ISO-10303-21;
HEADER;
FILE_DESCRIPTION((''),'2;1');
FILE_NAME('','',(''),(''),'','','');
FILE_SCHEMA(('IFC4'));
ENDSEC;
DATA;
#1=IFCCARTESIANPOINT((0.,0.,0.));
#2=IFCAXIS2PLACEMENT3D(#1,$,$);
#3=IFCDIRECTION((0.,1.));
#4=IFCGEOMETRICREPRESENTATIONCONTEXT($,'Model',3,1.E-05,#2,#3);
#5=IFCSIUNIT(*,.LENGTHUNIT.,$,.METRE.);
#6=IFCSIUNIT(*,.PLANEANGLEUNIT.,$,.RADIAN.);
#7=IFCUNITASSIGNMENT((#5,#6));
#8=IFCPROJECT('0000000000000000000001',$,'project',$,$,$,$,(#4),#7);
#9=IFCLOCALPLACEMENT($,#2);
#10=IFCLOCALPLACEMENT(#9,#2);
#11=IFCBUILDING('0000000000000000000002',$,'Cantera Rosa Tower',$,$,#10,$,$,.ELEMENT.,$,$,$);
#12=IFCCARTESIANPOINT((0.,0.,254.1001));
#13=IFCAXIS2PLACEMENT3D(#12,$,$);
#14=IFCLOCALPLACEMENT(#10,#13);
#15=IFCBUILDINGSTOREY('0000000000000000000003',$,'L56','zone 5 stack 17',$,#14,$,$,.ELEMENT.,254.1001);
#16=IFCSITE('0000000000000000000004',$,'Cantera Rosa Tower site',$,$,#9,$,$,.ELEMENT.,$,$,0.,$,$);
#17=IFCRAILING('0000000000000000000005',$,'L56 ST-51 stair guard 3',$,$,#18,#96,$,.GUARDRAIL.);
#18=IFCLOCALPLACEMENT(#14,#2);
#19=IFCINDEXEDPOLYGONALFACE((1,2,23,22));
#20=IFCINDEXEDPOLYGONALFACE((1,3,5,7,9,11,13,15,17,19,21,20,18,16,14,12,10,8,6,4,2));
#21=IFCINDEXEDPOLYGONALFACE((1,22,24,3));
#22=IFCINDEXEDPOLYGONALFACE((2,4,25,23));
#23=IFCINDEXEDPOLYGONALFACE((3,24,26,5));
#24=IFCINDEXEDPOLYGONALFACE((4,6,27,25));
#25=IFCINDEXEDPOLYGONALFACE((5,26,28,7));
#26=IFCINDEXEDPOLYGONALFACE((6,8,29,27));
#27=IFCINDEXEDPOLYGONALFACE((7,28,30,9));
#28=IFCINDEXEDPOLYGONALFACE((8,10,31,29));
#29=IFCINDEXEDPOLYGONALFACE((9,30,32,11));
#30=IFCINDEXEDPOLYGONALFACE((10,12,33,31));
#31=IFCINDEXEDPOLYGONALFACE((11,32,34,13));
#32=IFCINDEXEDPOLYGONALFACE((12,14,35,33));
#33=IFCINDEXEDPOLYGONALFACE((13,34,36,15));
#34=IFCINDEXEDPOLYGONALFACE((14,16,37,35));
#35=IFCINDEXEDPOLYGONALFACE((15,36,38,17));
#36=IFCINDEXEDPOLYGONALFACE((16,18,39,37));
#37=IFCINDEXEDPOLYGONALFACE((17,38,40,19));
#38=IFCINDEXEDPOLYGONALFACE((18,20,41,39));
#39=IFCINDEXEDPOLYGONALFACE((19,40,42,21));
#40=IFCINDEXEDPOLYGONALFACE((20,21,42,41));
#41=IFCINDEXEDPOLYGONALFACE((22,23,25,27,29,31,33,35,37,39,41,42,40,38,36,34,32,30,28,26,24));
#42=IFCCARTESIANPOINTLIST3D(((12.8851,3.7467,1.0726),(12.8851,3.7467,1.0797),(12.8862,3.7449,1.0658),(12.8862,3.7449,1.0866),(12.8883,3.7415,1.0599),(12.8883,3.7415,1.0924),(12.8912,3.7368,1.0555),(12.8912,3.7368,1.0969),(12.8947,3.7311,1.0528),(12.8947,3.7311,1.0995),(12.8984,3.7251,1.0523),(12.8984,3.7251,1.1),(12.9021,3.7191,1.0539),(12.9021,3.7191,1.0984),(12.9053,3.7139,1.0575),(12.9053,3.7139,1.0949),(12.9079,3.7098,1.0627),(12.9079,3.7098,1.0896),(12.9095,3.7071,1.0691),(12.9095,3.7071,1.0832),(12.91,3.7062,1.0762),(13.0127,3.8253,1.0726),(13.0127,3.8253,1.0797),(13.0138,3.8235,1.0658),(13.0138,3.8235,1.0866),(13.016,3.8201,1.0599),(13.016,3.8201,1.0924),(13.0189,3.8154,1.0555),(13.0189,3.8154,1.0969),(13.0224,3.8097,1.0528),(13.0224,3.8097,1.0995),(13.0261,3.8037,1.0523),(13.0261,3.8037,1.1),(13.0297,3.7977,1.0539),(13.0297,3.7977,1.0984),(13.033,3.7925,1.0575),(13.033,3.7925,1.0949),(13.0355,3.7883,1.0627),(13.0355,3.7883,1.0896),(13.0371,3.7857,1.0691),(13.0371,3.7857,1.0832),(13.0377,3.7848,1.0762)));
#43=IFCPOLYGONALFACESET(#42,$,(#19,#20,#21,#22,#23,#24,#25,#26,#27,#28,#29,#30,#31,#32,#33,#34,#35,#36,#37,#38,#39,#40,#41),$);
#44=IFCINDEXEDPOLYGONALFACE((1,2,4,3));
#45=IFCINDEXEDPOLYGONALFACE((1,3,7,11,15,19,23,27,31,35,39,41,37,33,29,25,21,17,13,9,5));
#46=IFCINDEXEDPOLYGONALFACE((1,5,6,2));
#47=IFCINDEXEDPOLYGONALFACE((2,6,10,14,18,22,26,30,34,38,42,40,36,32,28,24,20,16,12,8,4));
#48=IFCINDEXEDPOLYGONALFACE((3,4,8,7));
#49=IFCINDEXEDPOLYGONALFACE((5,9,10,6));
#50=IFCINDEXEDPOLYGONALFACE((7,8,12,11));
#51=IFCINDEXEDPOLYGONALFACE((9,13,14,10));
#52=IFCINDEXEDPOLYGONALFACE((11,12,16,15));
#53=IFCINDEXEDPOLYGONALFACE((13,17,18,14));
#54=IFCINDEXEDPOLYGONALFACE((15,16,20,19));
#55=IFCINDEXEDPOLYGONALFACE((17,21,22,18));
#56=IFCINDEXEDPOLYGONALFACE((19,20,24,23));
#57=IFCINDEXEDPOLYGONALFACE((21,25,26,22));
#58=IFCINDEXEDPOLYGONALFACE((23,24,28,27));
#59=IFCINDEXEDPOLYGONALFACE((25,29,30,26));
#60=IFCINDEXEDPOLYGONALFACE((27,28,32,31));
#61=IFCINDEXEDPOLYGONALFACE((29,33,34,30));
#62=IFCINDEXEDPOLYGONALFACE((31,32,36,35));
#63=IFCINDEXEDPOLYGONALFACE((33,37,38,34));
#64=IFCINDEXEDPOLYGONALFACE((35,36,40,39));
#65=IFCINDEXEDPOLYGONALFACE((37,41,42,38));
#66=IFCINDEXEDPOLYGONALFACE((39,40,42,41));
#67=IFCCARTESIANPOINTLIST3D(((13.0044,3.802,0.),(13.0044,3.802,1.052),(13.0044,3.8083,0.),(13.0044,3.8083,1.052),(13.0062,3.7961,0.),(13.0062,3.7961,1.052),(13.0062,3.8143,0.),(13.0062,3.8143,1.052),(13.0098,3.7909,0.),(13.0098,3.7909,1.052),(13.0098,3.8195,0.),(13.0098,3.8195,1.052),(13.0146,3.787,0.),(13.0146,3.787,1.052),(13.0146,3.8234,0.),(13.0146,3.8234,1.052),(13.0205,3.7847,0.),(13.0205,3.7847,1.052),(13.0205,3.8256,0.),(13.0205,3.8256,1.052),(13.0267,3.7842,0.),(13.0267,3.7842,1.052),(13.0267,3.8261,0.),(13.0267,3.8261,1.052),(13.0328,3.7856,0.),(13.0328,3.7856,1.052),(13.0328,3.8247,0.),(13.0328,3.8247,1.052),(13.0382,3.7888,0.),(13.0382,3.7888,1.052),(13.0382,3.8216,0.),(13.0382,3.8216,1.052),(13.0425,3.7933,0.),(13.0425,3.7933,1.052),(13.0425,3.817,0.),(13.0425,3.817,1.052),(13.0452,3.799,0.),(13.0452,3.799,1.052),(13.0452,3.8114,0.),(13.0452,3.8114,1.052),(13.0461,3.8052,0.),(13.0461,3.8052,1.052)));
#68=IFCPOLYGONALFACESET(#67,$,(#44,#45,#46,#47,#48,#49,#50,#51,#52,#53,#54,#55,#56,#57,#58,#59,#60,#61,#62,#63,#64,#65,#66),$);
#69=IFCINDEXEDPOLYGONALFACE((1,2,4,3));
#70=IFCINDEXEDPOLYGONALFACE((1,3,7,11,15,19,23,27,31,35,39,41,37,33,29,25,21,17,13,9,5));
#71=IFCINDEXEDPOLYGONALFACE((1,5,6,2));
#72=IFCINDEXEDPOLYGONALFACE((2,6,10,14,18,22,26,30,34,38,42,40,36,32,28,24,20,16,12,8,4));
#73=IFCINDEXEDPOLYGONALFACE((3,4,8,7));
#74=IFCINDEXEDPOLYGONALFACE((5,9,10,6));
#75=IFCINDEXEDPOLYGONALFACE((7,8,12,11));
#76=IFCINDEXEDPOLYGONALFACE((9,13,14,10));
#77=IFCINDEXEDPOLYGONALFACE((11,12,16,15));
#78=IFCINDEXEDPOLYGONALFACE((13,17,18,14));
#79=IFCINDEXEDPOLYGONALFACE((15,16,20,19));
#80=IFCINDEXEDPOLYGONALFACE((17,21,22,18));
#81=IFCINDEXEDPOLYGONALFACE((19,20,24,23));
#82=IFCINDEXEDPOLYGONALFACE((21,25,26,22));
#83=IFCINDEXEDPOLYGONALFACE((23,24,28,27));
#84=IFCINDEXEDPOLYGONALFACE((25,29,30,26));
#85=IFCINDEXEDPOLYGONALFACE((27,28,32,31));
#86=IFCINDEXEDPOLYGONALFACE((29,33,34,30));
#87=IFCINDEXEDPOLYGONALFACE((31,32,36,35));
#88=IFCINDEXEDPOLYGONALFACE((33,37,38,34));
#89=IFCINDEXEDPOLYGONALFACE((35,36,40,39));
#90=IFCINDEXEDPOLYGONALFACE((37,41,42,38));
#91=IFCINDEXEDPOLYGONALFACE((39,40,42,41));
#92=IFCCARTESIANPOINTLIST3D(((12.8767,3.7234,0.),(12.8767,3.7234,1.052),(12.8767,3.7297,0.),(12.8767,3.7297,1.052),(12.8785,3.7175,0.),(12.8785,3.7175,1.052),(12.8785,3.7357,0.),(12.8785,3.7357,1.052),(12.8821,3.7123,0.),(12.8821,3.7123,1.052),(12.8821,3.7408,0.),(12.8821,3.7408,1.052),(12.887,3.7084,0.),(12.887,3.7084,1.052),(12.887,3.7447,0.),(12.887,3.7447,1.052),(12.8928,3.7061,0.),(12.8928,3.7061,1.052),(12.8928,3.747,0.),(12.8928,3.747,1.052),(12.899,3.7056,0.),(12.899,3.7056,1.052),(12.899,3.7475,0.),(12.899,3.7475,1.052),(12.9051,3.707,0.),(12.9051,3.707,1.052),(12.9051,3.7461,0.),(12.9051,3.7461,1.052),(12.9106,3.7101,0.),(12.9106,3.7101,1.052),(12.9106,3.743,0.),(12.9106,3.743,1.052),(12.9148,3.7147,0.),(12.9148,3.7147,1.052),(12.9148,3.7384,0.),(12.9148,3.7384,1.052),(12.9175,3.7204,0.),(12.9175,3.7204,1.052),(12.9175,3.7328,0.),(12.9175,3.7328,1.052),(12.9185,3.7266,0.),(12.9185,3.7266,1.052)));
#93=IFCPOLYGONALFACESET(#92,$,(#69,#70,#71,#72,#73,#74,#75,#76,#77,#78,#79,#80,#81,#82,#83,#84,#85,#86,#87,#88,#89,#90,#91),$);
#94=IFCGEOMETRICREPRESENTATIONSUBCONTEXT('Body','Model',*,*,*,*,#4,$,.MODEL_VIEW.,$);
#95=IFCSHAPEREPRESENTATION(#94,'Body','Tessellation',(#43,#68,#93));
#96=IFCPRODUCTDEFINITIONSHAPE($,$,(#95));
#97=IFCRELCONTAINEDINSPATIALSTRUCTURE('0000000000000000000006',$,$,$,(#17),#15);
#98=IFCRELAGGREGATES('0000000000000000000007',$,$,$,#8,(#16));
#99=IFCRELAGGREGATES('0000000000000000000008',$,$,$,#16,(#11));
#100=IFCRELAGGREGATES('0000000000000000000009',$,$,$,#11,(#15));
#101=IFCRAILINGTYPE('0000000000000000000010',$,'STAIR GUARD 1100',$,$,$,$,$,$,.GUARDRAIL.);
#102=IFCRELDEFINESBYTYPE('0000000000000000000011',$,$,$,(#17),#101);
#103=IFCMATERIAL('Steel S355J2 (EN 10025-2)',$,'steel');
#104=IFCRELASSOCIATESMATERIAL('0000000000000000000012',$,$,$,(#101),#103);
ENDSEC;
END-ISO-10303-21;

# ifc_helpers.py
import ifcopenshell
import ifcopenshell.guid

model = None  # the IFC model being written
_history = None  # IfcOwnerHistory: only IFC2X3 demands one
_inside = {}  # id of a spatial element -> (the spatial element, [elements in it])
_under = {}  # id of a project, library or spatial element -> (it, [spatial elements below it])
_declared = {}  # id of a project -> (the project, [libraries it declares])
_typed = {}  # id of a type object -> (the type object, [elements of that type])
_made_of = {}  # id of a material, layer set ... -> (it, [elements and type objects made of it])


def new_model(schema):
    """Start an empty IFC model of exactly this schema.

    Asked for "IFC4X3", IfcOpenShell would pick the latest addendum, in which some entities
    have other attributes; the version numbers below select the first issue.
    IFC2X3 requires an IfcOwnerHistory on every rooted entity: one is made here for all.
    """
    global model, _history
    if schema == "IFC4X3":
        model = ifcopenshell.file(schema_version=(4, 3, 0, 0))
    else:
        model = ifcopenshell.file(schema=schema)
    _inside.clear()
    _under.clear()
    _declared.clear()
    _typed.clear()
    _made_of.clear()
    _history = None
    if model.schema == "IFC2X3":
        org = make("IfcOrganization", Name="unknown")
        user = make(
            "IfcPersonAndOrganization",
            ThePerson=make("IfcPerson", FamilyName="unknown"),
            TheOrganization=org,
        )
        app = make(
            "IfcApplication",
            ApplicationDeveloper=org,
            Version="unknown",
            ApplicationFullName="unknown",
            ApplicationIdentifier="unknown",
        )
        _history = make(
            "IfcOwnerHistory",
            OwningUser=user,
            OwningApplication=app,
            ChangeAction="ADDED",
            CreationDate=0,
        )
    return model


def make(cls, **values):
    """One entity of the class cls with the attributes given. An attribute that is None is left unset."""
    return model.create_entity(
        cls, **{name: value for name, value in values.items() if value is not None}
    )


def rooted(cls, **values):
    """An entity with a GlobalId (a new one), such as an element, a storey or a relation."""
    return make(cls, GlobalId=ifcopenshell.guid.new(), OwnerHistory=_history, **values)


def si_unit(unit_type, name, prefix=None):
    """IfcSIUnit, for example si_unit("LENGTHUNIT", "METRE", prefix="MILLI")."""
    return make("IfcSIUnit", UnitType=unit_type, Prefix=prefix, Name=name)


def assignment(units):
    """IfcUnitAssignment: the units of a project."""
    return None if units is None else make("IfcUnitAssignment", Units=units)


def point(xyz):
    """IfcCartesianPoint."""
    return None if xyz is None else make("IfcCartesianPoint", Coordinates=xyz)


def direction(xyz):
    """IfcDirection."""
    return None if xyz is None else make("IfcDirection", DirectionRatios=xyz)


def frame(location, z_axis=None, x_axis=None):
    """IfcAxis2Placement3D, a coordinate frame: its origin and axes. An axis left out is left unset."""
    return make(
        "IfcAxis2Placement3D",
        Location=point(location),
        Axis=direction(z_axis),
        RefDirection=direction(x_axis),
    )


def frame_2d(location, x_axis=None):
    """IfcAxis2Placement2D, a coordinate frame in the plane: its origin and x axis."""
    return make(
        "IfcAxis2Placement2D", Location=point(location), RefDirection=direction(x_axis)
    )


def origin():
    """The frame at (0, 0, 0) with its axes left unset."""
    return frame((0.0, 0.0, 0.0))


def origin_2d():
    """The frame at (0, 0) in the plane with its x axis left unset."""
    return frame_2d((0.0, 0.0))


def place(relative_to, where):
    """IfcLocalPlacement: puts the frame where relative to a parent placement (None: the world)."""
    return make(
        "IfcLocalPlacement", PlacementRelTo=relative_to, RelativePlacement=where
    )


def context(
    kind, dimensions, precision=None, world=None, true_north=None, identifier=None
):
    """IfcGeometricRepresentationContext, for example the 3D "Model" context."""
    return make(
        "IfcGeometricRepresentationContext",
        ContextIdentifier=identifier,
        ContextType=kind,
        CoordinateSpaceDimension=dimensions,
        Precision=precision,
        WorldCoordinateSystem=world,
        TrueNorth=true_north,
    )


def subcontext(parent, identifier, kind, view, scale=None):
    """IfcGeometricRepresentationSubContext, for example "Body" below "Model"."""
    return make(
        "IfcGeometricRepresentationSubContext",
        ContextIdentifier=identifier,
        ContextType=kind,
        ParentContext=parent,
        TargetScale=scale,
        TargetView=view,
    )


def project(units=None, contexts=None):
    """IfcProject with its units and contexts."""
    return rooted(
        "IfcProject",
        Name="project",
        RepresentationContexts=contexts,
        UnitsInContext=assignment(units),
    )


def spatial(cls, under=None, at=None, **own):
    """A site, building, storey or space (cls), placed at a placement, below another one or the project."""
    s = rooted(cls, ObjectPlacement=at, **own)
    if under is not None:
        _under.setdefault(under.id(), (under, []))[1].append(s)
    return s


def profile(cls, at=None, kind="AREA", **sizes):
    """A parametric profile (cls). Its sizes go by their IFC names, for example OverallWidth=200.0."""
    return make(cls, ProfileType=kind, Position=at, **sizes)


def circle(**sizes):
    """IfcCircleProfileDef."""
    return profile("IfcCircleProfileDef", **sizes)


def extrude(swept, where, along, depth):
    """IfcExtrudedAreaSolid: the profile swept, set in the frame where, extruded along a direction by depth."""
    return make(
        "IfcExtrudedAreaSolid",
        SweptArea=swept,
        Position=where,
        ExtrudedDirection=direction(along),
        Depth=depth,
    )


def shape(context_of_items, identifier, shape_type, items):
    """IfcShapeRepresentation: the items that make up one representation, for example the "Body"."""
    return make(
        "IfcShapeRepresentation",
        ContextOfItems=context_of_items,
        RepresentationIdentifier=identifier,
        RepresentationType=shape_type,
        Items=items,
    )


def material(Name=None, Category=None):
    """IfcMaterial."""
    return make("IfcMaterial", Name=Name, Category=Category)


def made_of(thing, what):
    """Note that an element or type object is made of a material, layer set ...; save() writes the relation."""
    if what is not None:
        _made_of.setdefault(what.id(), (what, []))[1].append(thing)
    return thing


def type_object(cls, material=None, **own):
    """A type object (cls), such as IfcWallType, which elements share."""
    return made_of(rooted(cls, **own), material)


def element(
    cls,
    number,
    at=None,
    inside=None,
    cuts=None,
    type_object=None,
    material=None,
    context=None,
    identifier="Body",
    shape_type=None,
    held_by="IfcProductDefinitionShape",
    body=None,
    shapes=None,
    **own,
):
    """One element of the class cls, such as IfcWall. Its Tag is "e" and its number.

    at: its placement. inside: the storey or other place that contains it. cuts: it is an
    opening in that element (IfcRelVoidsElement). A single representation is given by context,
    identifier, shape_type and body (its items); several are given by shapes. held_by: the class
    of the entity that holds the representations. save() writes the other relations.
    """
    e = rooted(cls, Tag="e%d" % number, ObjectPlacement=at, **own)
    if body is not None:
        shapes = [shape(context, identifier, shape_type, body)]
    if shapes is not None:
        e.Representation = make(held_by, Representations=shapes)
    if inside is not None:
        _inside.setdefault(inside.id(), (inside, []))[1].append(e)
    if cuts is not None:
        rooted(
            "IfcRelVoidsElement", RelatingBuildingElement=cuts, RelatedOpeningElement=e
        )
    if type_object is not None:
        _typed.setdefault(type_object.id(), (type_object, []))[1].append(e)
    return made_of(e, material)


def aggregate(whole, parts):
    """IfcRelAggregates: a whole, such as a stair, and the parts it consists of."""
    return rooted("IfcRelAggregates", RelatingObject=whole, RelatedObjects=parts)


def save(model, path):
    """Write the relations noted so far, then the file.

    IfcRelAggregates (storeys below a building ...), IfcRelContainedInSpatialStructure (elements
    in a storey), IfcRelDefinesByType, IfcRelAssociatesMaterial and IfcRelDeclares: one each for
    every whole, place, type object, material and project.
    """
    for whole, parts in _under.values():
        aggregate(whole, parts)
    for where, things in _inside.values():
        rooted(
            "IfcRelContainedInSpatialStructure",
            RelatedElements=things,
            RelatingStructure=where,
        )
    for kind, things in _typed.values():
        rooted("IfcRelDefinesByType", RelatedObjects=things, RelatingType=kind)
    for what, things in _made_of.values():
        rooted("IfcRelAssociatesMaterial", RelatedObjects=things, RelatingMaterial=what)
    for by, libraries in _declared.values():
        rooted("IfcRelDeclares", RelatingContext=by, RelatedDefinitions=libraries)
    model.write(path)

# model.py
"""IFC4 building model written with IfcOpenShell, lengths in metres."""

from ifc_helpers import new_model, si_unit, direction, frame, origin, origin_2d, place, context, subcontext, project, spatial, circle, extrude, material, type_object, element, save


model = new_model("IFC4")

# Units and contexts
model_context = context("Model", 3, precision=1e-05, world=origin(), true_north=direction((0.0, 1.0)))
body_context = subcontext(model_context, "Body", "Model", "MODEL_VIEW")
ifc_project = project(units=[si_unit("LENGTHUNIT", "METRE"), si_unit("PLANEANGLEUNIT", "RADIAN")], contexts=[model_context])

# Site, building, storey
site_placement = place(None, origin())
site = spatial("IfcSite", under=ifc_project, at=site_placement, Name="Cantera Rosa Tower site", CompositionType="ELEMENT", RefElevation=0.0)
building_placement = place(site_placement, origin())
building = spatial("IfcBuilding", under=site, at=building_placement, Name="Cantera Rosa Tower", CompositionType="ELEMENT")
storey_placement = place(building_placement, frame((0.0, 0.0, 254.1001)))
storey = spatial("IfcBuildingStorey", under=building, at=storey_placement, Name="L56", Description="zone 5 stack 17", CompositionType="ELEMENT", Elevation=254.1001)

# Railing
ifc_material_1 = material(Name="Steel S355J2 (EN 10025-2)", Category="steel")
railing_type_1 = type_object("IfcRailingType", Name="STAIR GUARD 1100", PredefinedType="GUARDRAIL", material=ifc_material_1)
railing_1_placement = place(storey_placement, frame((13.0251, 3.8052, 0.0)))
element("IfcRailing", 1, at=railing_1_placement, inside=storey, type_object=railing_type_1, Name="L56 ST-51 stair guard 3", PredefinedType="GUARDRAIL", context=body_context, shape_type="SweptSolid", body=[
    extrude(circle(Radius=0.0239, at=origin_2d()), frame((0.0, 0.0, 1.0762), z_axis=(-0.851546, -0.524279, 0.0), x_axis=(0.524279, -0.851546, 0.0)), (0.0, 0.0, 1.0), 0.1499),
    extrude(circle(Radius=0.021, at=origin_2d()), origin(), (0.0, 0.0, 1.0), 1.052),
    extrude(circle(Radius=0.021, at=origin_2d()), frame((-0.1277, -0.0786, 0.0)), (0.0, 0.0, 1.0), 1.052),
])

save(model, "model.ifc")
